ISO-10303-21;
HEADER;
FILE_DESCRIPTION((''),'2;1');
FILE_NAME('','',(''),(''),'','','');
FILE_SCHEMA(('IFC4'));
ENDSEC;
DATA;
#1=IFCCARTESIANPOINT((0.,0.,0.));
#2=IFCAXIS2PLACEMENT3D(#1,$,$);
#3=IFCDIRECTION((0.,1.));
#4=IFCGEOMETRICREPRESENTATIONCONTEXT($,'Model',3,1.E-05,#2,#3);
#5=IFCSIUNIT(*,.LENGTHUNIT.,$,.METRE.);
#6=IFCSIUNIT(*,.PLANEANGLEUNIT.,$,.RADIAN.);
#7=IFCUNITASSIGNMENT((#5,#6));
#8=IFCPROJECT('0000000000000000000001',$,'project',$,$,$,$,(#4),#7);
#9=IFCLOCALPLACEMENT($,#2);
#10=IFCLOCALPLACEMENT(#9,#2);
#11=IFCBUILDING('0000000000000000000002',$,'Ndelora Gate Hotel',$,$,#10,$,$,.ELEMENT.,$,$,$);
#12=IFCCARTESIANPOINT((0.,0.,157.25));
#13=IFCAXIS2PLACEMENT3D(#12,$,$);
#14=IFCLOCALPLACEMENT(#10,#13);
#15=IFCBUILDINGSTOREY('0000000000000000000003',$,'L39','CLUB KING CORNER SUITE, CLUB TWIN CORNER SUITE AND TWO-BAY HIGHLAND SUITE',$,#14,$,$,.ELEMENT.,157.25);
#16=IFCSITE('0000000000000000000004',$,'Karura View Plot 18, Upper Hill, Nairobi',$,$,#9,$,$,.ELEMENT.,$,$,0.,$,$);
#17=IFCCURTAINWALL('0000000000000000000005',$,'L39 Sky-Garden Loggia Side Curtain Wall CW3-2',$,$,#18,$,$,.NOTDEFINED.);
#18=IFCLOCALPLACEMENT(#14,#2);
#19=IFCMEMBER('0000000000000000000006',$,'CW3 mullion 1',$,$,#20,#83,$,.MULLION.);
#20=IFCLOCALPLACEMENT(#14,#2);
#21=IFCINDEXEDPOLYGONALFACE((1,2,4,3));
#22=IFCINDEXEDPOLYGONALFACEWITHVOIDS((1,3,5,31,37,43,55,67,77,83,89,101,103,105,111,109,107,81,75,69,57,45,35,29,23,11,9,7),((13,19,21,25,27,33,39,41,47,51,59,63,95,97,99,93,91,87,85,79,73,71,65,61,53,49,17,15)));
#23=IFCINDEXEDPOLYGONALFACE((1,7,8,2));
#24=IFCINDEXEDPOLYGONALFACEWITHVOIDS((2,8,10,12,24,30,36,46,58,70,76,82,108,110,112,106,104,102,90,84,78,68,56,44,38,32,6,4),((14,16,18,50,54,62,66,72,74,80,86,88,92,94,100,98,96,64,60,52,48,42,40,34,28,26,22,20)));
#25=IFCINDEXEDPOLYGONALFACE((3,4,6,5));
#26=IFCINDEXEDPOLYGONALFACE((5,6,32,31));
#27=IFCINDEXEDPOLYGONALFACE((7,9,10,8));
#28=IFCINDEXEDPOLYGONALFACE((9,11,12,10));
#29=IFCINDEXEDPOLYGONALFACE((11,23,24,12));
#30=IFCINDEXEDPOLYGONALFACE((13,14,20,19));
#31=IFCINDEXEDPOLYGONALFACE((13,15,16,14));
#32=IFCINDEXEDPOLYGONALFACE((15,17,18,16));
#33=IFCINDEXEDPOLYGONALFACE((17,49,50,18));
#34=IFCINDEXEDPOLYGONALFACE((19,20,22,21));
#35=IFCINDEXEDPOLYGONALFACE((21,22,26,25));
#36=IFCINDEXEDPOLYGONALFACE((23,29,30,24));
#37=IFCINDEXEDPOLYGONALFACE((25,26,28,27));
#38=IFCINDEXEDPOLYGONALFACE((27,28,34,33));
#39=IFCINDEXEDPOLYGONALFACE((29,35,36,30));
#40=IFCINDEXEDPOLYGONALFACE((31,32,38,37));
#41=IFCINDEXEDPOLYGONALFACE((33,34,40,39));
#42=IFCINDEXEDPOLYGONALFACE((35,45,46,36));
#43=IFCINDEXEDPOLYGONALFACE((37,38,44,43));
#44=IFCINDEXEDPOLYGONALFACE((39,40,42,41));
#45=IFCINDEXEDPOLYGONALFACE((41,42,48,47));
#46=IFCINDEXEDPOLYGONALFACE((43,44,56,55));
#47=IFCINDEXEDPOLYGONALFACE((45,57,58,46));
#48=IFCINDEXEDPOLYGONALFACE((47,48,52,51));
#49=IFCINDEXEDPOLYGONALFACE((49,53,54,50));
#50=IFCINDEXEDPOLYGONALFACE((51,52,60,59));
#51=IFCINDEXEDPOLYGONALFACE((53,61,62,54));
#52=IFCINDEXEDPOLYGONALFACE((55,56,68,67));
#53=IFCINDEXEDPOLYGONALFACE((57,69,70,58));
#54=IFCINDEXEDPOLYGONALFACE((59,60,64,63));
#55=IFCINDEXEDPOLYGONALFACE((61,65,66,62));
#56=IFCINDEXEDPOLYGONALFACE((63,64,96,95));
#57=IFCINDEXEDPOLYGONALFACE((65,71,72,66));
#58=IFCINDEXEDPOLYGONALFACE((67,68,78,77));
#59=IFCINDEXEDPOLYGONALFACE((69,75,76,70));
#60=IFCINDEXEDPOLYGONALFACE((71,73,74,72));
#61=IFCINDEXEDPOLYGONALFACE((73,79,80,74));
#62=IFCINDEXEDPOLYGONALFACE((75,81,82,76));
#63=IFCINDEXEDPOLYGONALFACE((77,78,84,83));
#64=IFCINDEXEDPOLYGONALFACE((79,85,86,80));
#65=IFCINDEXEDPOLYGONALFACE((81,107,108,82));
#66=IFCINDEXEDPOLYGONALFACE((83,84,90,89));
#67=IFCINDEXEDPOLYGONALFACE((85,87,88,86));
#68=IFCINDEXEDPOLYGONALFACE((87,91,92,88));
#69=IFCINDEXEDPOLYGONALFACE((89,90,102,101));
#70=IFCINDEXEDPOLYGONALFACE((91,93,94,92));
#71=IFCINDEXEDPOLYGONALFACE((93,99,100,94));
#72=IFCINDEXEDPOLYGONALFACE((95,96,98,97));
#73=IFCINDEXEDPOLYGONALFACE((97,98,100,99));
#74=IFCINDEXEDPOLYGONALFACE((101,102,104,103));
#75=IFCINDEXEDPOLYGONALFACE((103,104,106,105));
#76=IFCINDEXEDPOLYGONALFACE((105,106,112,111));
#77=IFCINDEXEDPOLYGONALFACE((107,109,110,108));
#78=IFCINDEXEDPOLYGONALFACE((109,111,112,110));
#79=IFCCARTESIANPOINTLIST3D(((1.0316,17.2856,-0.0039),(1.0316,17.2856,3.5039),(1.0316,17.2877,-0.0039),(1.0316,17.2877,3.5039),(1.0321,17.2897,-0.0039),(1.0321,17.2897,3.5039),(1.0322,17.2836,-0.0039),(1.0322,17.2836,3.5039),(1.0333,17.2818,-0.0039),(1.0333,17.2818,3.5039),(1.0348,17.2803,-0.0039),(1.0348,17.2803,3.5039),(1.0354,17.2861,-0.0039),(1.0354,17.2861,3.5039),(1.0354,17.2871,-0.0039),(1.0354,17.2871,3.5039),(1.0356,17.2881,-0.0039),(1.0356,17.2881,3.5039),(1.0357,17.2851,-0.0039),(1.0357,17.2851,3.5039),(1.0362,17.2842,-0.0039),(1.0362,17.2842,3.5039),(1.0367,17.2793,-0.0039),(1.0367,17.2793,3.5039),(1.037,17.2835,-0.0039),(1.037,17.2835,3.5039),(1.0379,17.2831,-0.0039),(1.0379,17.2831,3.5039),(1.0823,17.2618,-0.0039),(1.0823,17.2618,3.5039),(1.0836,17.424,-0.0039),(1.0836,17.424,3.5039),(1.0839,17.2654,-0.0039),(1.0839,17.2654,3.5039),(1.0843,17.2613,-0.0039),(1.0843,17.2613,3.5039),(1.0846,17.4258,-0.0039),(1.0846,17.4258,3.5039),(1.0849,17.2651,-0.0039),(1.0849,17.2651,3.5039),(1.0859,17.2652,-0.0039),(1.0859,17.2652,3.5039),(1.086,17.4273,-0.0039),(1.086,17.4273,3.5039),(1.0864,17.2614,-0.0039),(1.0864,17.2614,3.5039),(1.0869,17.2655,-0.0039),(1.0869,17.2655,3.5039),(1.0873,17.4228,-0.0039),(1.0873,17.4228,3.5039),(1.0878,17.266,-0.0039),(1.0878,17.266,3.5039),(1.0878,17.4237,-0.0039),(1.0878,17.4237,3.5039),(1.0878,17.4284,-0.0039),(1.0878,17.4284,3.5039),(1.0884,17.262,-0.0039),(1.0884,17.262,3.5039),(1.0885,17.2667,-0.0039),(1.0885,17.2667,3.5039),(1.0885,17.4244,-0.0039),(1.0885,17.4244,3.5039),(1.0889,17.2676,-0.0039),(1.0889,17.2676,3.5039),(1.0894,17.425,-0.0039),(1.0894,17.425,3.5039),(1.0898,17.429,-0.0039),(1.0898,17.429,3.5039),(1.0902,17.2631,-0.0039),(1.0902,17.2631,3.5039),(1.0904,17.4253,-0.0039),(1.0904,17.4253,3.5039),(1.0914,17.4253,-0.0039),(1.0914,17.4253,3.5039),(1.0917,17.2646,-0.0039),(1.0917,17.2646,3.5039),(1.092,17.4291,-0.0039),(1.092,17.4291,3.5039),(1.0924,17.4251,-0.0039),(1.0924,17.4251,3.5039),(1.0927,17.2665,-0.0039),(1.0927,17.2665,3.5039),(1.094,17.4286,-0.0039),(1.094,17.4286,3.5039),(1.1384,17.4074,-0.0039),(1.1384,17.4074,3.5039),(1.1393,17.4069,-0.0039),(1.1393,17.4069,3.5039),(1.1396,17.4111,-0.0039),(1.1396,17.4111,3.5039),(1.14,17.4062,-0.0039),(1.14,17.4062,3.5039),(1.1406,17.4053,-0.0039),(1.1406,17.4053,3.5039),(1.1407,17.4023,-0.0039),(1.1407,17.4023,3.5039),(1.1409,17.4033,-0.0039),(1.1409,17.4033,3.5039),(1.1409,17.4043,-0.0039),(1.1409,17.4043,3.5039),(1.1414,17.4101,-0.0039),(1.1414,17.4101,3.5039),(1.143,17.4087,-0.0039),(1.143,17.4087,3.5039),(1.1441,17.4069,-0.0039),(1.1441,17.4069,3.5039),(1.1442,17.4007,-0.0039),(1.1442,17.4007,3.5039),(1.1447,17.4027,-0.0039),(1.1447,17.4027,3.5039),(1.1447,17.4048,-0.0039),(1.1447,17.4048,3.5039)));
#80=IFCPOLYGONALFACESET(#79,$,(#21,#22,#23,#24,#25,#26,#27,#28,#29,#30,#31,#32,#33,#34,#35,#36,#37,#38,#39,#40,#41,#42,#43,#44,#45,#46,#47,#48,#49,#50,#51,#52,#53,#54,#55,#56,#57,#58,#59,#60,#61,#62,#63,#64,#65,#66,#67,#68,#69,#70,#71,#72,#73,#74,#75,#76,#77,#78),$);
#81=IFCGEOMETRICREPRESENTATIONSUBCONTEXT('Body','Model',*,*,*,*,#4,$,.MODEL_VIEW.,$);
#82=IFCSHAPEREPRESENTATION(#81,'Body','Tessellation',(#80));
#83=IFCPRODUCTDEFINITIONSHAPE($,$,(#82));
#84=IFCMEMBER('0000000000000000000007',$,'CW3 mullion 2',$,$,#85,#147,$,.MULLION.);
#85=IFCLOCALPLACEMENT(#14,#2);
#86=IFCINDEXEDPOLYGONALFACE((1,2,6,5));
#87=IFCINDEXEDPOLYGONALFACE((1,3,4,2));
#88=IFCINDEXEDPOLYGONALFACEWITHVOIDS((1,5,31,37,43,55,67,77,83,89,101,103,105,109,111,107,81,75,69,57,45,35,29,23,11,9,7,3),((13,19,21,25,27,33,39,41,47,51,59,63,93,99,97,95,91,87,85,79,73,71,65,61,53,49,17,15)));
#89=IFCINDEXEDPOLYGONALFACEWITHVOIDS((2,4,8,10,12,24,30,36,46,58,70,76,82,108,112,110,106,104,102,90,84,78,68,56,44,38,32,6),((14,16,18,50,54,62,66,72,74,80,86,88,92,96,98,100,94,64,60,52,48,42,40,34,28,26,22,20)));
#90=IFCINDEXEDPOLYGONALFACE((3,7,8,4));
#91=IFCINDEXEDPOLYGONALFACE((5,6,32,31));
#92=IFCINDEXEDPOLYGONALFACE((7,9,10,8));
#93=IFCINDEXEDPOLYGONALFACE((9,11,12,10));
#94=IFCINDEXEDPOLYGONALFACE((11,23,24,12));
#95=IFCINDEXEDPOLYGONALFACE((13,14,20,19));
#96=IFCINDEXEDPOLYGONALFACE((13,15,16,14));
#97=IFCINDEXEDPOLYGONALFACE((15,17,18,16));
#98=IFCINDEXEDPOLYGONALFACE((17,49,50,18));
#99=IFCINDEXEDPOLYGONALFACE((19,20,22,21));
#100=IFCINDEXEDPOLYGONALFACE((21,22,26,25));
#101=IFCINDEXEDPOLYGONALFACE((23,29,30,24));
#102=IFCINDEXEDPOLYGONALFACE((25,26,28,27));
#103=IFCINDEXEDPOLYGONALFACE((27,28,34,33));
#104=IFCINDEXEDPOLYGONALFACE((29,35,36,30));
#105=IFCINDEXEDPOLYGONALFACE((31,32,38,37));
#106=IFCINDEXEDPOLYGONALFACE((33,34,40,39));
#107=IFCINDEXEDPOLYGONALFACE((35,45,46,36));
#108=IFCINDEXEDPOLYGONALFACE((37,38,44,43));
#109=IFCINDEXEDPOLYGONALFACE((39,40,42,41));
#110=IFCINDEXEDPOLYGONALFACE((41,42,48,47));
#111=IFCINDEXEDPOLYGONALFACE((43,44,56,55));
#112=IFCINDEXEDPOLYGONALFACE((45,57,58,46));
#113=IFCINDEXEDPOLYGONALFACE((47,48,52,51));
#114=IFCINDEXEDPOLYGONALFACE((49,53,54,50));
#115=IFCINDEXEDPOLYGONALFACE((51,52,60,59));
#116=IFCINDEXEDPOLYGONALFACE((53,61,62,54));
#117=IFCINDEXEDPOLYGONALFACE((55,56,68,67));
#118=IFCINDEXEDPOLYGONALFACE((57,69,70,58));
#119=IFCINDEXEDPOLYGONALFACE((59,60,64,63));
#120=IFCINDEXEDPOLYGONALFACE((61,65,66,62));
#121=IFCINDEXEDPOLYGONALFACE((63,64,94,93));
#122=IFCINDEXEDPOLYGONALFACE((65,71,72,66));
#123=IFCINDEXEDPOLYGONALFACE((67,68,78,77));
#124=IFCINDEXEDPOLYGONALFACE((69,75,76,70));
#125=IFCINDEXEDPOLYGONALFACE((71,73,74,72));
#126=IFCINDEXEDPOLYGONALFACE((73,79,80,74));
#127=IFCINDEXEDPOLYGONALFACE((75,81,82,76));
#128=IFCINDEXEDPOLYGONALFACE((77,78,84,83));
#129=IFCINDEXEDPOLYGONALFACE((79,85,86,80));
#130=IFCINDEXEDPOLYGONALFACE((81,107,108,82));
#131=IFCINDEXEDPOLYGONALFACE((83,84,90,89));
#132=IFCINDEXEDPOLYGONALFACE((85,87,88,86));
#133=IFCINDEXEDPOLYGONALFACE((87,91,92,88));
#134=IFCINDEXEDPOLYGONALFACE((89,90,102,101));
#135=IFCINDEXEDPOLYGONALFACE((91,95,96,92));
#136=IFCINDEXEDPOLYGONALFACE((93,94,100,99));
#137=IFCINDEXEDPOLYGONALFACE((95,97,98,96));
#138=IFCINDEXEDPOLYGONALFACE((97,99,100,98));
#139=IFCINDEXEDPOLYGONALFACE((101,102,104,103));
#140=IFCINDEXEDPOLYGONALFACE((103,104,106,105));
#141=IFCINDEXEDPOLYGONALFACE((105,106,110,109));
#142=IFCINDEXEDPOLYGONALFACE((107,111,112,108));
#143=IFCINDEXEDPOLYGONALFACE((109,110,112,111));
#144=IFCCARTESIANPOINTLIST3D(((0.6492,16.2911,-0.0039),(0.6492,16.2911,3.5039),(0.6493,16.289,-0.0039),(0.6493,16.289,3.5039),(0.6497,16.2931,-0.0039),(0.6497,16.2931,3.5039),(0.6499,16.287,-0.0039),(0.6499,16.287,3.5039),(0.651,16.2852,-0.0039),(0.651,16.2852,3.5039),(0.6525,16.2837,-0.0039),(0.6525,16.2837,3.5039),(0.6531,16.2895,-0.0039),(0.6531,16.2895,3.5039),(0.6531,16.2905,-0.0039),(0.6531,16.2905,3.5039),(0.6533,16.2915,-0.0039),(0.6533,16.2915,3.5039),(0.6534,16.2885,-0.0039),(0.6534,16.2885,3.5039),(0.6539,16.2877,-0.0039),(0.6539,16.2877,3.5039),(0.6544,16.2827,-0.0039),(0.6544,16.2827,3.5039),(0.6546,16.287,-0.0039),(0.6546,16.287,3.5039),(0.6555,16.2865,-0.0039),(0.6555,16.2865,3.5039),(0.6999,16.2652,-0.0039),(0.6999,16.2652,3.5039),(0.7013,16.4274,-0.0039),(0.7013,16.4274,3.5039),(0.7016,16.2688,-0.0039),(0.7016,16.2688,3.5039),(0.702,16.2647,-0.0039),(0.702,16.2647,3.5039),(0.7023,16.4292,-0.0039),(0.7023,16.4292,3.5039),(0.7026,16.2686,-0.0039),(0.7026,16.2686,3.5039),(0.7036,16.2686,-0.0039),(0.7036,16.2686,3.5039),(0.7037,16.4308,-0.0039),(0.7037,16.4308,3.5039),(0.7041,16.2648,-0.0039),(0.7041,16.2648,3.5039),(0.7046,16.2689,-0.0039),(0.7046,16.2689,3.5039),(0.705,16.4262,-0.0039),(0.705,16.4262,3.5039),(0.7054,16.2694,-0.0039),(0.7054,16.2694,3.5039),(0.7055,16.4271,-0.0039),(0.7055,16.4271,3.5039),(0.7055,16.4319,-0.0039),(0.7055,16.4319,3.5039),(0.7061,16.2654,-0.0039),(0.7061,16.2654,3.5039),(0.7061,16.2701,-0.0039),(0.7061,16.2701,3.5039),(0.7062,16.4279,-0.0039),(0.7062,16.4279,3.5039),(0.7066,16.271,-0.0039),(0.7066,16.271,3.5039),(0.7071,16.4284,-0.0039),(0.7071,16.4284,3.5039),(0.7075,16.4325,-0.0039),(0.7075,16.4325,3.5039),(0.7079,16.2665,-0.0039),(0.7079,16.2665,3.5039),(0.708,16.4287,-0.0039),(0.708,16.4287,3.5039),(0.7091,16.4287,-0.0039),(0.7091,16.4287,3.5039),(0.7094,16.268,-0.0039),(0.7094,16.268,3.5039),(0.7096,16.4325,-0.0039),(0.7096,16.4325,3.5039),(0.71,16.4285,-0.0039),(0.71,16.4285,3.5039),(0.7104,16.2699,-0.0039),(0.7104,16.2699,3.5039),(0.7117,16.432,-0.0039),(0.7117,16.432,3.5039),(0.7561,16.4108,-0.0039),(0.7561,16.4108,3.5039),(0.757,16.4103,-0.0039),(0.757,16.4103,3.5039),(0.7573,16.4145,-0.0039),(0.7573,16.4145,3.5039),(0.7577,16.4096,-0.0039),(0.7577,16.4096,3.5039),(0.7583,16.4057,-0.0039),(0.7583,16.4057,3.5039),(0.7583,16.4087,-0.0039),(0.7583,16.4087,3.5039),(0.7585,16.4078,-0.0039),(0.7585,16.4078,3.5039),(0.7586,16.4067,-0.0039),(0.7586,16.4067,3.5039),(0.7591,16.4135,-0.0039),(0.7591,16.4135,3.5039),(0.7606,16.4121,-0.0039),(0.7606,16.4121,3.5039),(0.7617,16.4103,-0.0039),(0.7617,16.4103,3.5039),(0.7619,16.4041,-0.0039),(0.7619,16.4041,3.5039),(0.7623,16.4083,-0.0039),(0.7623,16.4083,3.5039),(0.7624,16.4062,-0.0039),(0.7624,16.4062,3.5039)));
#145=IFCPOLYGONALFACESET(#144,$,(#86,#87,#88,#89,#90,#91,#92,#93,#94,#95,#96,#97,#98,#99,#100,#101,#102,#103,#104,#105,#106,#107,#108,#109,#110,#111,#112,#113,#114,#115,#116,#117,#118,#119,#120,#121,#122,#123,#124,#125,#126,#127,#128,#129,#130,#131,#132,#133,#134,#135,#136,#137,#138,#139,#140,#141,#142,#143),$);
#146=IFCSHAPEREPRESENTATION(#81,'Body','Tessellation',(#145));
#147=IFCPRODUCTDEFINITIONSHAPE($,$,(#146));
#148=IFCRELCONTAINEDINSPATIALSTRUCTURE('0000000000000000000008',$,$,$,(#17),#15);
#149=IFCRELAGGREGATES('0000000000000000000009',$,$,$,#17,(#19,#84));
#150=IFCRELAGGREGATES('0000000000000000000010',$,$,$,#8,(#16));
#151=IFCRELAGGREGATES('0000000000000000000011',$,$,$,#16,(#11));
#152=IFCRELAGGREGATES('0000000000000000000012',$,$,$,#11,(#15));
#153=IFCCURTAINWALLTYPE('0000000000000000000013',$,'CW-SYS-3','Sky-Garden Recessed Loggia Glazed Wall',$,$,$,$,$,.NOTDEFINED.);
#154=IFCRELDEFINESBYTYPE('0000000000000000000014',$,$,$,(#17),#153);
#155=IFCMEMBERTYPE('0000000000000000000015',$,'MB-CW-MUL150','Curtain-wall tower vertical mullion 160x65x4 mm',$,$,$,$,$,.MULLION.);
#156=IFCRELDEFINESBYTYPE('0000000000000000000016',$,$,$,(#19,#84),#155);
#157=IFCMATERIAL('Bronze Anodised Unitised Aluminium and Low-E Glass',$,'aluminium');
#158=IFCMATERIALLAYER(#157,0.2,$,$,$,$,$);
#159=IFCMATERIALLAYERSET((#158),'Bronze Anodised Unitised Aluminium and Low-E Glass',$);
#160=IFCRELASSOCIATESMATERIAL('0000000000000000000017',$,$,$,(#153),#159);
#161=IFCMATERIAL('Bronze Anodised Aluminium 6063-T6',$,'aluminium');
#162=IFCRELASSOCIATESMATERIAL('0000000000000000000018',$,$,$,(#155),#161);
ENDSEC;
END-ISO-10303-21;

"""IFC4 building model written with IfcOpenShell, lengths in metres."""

from ifc_helpers import new_model, si_unit, direction, frame, origin, origin_2d, place, context, subcontext, project, spatial, hollow_rectangle, extrude, material, layer, layer_set, material_profile, profile_set, type_object, element, aggregate, save


model = new_model("IFC4")

# Units and contexts
model_context = context("Model", 3, precision=1e-05, world=origin(), true_north=direction((0.0, 1.0)))
body_context = subcontext(model_context, "Body", "Model", "MODEL_VIEW")
ifc_project = project(units=[si_unit("LENGTHUNIT", "METRE"), si_unit("PLANEANGLEUNIT", "RADIAN")], contexts=[model_context])

# Site, building, storey
site_placement = place(None, origin())
site = spatial("IfcSite", under=ifc_project, at=site_placement, Name="Karura View Plot 18, Upper Hill, Nairobi", CompositionType="ELEMENT", RefElevation=0.0)
building_placement = place(site_placement, origin())
building = spatial("IfcBuilding", under=site, at=building_placement, Name="Ndelora Gate Hotel", CompositionType="ELEMENT")
storey_placement = place(building_placement, frame((0.0, 0.0, 157.25)))
storey = spatial("IfcBuildingStorey", under=building, at=storey_placement, Name="L39", Description="CLUB KING CORNER SUITE, CLUB TWIN CORNER SUITE AND TWO-BAY HIGHLAND SUITE", CompositionType="ELEMENT", Elevation=157.25)

# Curtain wall, members
ifc_material_1 = material(Name="Bronze Anodised Unitised Aluminium and Low-E Glass", Category="aluminium")
ifc_layer_1 = layer(ifc_material_1, 0.2)
ifc_layer_set_1 = layer_set([ifc_layer_1], Name="Bronze Anodised Unitised Aluminium and Low-E Glass")
curtain_wall_type = type_object("IfcCurtainWallType", Name="CW-SYS-3", Description="Sky-Garden Recessed Loggia Glazed Wall", PredefinedType="NOTDEFINED", material=ifc_layer_set_1)
curtain_wall_placement = place(storey_placement, origin())
curtain_wall = element("IfcCurtainWall", 1, at=curtain_wall_placement, inside=storey, type_object=curtain_wall_type, Name="L39 Sky-Garden Loggia Side Curtain Wall CW3-2", PredefinedType="NOTDEFINED")
ifc_material_2 = material(Name="Bronze Anodised Aluminium 6063-T6", Category="aluminium")
ifc_material_profile_1 = material_profile(ifc_material_2, hollow_rectangle(XDim=0.0649, YDim=0.1599, WallThickness=0.0039, InnerFilletRadius=0.0039, OuterFilletRadius=0.0081, at=origin_2d()), Name="ALU 160x65x4")
ifc_profile_set_1 = profile_set([ifc_material_profile_1], Name="Bronze Anodised Aluminium 6063-T6")
member_type_1 = type_object("IfcMemberType", Name="MB-CW-MUL150", Description="Curtain-wall tower vertical mullion 160x65x4 mm", PredefinedType="MULLION", material=ifc_profile_set_1)
member_1_placement = place(storey_placement, frame((1.0881, 17.3452, -0.0039), z_axis=(0.0, 0.0, 1.0), x_axis=(0.933577, -0.358376, 0.0)))
member_1 = element("IfcMember", 2, at=member_1_placement, type_object=member_type_1, Name="CW3 mullion 1", PredefinedType="MULLION", context=body_context, shape_type="SweptSolid", body=[
    extrude(hollow_rectangle(XDim=0.0649, YDim=0.1599, WallThickness=0.0039, InnerFilletRadius=0.0039, OuterFilletRadius=0.0081, at=origin_2d()), origin(), (0.0, 0.0, 1.0), 3.5078),
])
member_2_placement = place(storey_placement, frame((0.7058, 16.3486, -0.0039), z_axis=(0.0, 0.0, 1.0), x_axis=(0.933577, -0.358376, 0.0)))
member_2 = element("IfcMember", 3, at=member_2_placement, type_object=member_type_1, Name="CW3 mullion 2", PredefinedType="MULLION", context=body_context, shape_type="SweptSolid", body=[
    extrude(hollow_rectangle(XDim=0.0649, YDim=0.1599, WallThickness=0.0039, InnerFilletRadius=0.0039, OuterFilletRadius=0.0081, at=origin_2d()), origin(), (0.0, 0.0, 1.0), 3.5078),
])
aggregate(curtain_wall, [member_1, member_2])

save(model, "model.ifc")
